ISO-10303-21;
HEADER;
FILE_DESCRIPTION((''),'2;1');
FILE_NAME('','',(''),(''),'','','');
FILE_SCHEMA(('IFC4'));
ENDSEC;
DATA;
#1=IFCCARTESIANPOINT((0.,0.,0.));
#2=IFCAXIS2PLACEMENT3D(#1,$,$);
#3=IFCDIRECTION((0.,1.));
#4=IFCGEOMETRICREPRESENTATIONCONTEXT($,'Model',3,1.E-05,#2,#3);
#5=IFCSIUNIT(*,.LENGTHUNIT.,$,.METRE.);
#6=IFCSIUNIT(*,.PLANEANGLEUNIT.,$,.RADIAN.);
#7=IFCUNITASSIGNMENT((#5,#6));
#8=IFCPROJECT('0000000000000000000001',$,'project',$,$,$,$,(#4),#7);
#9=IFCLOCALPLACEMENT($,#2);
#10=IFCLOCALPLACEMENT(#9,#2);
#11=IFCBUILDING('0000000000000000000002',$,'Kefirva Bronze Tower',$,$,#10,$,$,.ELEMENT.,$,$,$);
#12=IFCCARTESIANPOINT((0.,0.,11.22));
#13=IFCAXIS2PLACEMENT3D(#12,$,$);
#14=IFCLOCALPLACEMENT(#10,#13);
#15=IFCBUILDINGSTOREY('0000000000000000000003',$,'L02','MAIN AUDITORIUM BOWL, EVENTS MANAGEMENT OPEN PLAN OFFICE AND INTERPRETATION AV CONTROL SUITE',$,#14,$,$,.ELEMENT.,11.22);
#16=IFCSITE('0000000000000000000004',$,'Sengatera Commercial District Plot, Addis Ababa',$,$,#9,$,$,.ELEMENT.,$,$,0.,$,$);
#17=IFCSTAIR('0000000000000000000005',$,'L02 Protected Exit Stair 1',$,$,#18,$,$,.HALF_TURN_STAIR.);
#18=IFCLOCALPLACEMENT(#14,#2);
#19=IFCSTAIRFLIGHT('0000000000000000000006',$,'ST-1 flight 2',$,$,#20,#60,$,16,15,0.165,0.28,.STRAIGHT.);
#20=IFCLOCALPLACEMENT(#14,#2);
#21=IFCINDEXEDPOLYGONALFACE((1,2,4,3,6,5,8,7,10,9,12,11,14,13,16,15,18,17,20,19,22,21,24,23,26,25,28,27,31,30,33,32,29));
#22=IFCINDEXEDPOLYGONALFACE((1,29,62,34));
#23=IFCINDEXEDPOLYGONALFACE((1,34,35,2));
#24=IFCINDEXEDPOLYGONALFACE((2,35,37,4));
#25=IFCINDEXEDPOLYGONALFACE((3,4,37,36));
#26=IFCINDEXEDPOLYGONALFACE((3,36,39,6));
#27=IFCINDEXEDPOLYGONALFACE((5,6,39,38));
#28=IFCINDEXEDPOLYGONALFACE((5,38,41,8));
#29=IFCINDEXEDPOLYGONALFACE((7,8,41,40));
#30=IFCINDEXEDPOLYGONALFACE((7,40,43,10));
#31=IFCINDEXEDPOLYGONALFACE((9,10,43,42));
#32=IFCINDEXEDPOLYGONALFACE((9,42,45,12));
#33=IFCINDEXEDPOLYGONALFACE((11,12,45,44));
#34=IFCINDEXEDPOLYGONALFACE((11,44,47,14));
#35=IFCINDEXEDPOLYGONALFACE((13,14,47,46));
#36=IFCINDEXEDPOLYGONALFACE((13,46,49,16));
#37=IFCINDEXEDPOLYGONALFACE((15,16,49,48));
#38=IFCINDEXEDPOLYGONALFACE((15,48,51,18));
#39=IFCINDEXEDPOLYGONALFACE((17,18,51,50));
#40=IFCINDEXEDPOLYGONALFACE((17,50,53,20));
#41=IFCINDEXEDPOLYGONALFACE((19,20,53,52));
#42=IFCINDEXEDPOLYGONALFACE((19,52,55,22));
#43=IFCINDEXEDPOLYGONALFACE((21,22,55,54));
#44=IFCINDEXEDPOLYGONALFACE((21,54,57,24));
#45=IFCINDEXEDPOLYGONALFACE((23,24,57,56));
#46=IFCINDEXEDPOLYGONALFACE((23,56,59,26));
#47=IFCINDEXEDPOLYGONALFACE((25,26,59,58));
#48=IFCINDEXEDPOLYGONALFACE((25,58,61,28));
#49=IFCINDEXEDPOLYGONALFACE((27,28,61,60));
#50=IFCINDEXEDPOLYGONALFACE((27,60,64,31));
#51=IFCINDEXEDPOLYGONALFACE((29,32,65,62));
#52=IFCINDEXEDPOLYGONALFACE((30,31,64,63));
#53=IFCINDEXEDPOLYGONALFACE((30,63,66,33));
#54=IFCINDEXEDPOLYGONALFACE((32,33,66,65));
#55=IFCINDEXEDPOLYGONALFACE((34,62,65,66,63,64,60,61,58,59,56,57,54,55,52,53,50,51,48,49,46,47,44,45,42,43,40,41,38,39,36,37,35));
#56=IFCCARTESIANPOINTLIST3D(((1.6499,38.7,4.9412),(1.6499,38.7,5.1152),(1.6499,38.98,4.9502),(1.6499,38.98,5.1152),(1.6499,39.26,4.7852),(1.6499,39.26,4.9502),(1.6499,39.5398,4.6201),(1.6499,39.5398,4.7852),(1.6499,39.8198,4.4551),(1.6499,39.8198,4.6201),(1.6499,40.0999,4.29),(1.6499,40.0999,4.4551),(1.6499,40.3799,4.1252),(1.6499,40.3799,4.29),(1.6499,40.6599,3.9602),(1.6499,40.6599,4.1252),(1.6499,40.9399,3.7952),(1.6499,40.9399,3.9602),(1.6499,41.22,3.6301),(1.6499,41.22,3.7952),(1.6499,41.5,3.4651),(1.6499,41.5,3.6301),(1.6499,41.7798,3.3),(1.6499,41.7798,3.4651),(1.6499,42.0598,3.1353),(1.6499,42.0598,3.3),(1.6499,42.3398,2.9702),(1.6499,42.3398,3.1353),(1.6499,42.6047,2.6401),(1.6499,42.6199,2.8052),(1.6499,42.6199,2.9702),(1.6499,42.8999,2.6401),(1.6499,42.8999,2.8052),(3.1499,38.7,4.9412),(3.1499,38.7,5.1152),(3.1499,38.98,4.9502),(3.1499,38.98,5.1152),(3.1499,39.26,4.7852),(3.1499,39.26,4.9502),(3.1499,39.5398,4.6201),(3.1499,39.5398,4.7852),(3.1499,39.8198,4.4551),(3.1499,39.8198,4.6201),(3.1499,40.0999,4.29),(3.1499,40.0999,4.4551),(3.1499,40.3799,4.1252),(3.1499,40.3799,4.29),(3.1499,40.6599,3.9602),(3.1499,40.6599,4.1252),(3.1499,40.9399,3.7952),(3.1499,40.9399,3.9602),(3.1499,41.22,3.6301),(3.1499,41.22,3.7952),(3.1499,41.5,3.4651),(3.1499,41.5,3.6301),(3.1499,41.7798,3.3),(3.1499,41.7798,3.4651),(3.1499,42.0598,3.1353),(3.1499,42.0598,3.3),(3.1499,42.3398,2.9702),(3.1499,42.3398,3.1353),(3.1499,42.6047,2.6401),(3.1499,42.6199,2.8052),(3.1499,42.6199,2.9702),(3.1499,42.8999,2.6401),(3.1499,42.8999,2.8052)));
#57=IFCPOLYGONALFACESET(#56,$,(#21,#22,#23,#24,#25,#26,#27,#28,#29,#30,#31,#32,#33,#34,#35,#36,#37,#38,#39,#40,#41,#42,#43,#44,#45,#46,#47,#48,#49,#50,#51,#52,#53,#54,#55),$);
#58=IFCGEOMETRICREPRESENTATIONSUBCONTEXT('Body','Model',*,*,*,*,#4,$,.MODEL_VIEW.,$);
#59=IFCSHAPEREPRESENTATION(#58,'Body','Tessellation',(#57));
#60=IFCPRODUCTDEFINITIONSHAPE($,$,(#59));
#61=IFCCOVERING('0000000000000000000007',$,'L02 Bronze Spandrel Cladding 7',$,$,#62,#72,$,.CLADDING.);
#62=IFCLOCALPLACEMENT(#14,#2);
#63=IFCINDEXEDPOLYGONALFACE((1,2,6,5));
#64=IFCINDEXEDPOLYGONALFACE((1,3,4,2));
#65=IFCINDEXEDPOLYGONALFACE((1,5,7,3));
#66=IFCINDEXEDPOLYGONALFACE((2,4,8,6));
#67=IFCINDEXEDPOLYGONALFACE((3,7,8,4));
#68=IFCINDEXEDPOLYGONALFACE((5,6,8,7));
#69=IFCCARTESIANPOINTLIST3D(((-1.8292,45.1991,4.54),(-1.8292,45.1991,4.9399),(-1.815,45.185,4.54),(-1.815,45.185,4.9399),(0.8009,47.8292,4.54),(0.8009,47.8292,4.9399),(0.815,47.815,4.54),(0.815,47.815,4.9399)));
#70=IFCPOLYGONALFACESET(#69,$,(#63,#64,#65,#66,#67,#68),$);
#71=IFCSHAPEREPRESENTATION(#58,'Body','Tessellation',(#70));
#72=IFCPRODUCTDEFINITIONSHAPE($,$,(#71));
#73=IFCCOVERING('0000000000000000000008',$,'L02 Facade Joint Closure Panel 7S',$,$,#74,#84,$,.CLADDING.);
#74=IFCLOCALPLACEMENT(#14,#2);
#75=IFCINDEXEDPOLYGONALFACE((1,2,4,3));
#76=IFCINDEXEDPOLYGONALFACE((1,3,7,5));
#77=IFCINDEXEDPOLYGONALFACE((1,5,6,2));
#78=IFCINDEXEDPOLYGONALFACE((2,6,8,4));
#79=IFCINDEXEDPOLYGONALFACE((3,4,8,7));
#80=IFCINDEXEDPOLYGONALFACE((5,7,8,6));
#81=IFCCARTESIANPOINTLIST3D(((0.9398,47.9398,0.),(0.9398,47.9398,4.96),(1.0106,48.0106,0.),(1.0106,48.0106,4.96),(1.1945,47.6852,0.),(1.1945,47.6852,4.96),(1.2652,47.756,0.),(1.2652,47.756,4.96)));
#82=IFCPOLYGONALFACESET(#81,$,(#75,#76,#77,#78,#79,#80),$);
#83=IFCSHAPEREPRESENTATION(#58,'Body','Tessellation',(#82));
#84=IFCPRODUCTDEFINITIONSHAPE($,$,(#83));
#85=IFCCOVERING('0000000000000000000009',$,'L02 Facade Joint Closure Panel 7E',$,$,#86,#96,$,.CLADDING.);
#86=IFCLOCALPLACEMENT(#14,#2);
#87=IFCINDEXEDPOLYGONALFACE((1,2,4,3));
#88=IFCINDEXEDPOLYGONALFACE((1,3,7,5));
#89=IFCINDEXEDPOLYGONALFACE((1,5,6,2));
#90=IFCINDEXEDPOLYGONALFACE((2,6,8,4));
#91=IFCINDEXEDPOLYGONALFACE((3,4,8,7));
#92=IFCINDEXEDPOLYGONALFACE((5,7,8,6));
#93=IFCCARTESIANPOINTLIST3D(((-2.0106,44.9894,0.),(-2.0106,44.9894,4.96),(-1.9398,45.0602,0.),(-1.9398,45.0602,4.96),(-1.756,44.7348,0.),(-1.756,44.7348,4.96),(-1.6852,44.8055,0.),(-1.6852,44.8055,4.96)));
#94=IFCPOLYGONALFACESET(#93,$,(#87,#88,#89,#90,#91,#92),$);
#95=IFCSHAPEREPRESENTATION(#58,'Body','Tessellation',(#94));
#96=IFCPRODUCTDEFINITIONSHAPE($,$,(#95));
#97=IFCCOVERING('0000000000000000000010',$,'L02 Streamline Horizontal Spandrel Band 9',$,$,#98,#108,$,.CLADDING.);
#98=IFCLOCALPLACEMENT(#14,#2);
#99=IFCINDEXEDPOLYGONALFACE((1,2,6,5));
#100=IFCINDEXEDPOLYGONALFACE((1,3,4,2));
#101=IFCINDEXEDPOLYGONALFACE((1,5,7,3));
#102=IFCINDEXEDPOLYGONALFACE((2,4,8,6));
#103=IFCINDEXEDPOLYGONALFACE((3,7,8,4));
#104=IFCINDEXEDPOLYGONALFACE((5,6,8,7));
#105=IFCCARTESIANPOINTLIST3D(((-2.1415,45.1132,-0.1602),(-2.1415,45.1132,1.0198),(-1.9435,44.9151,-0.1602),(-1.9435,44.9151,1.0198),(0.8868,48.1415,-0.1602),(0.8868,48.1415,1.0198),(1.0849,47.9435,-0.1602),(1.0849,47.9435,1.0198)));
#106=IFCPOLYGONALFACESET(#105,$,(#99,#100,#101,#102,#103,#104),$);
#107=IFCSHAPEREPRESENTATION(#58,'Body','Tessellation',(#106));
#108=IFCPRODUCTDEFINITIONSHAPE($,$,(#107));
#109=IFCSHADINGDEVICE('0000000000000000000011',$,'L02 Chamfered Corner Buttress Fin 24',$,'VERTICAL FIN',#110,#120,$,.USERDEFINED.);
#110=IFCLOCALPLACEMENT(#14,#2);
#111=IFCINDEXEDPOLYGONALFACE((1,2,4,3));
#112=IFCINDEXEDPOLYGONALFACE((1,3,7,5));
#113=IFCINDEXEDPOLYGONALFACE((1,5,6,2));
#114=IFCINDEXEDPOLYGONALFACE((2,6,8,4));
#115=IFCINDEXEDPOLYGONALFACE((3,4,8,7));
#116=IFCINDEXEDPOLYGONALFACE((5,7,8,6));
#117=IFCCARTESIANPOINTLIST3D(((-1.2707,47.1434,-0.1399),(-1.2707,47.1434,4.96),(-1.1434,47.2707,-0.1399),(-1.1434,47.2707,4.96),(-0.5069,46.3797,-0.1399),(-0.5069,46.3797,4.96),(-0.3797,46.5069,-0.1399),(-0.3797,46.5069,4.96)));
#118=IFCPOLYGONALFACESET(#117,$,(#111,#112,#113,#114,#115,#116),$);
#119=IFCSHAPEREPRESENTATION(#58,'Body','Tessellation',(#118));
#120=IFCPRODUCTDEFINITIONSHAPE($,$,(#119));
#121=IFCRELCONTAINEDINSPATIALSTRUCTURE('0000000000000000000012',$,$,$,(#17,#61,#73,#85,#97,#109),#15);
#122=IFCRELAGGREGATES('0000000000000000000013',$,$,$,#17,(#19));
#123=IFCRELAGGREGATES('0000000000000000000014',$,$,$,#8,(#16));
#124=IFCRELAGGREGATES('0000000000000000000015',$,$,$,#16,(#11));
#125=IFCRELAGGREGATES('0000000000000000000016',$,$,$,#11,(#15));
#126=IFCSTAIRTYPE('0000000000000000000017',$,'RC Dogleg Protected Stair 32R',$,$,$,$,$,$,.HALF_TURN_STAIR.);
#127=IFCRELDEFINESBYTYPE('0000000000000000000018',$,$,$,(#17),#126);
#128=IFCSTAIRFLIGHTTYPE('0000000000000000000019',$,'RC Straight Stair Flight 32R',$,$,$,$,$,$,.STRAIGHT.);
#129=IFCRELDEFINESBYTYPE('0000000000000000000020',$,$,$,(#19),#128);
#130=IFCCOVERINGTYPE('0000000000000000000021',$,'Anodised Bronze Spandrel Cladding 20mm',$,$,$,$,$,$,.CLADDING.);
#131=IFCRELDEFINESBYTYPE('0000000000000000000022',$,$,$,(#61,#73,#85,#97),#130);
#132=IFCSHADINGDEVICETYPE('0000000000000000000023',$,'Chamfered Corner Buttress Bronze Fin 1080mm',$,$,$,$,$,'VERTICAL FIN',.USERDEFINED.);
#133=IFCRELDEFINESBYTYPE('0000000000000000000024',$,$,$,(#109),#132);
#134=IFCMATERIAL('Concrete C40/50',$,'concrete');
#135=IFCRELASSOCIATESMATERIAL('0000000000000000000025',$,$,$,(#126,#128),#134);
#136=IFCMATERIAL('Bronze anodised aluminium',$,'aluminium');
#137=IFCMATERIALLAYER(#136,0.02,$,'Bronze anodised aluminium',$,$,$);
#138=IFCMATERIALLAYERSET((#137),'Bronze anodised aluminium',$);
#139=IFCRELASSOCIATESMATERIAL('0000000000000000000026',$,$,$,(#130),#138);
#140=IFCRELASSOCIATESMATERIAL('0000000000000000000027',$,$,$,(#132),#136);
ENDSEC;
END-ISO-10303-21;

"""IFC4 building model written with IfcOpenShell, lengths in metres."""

from ifc_helpers import new_model, si_unit, direction, frame, origin, origin_2d, place, context, subcontext, project, spatial, polyline, rectangle, outline, extrude, material, layer, layer_set, material_profile, profile_set, type_object, element, aggregate, save


model = new_model("IFC4")

# Units and contexts
model_context = context("Model", 3, precision=1e-05, world=origin(), true_north=direction((0.0, 1.0)))
body_context = subcontext(model_context, "Body", "Model", "MODEL_VIEW")
ifc_project = project(units=[si_unit("LENGTHUNIT", "METRE"), si_unit("PLANEANGLEUNIT", "RADIAN")], contexts=[model_context])

# Site, building, storey
site_placement = place(None, origin())
site = spatial("IfcSite", under=ifc_project, at=site_placement, Name="Sengatera Commercial District Plot, Addis Ababa", CompositionType="ELEMENT", RefElevation=0.0)
building_placement = place(site_placement, origin())
building = spatial("IfcBuilding", under=site, at=building_placement, Name="Kefirva Bronze Tower", CompositionType="ELEMENT")
storey_placement = place(building_placement, frame((0.0, 0.0, 11.22)))
storey = spatial("IfcBuildingStorey", under=building, at=storey_placement, Name="L02", Description="MAIN AUDITORIUM BOWL, EVENTS MANAGEMENT OPEN PLAN OFFICE AND INTERPRETATION AV CONTROL SUITE", CompositionType="ELEMENT", Elevation=11.22)

# Shared definitions
ifc_material_1 = material(Name="Bronze anodised aluminium", Category="aluminium")

# Stair, stair flight
ifc_material_2 = material(Name="Concrete C40/50", Category="concrete")
stair_type = type_object("IfcStairType", Name="RC Dogleg Protected Stair 32R", PredefinedType="HALF_TURN_STAIR", material=ifc_material_2)
stair_placement = place(storey_placement, origin())
stair = element("IfcStair", 1, at=stair_placement, inside=storey, type_object=stair_type, Name="L02 Protected Exit Stair 1", PredefinedType="HALF_TURN_STAIR")
stair_flight_type = type_object("IfcStairFlightType", Name="RC Straight Stair Flight 32R", PredefinedType="STRAIGHT", material=ifc_material_2)
stair_flight_1_placement = place(storey_placement, frame((2.3999, 42.8999, 2.6401), z_axis=(0.0, 0.0, 1.0), x_axis=(0.0, -1.0, 0.0)))
stair_flight_1 = element("IfcStairFlight", 2, at=stair_flight_1_placement, type_object=stair_flight_type, Name="ST-1 flight 2", NumberOfRisers=16, NumberOfTreads=15, PredefinedType="STRAIGHT", RiserHeight=0.165, TreadLength=0.28, context=body_context, shape_type="SweptSolid", body=[
    extrude(outline(polyline([(0.0, 0.0), (0.0, 0.165), (0.28, 0.165), (0.28, 0.3301), (0.5601, 0.3301), (0.5601, 0.4951), (0.8401, 0.4951), (0.8401, 0.6599), (1.1201, 0.6599), (1.1201, 0.825), (1.3999, 0.825), (1.3999, 0.99), (1.6799, 0.99), (1.6799, 1.155), (1.96, 1.155), (1.96, 1.3201), (2.24, 1.3201), (2.24, 1.4851), (2.52, 1.4851), (2.52, 1.6499), (2.8, 1.6499), (2.8, 1.8149), (3.0801, 1.8149), (3.0801, 1.98), (3.3601, 1.98), (3.3601, 2.145), (3.6399, 2.145), (3.6399, 2.3101), (3.9199, 2.3101), (3.9199, 2.4751), (4.2, 2.4751), (4.2, 2.6399), (4.2, 2.301), (0.2952, 0.0), (0.0, 0.0)])), frame((0.0, 0.75, 0.0), z_axis=(0.0, -1.0, 0.0), x_axis=(1.0, 0.0, 0.0)), (0.0, 0.0, 1.0), 1.5),
])
aggregate(stair, [stair_flight_1])

# Coverings
ifc_layer_1 = layer(ifc_material_1, 0.02, Name="Bronze anodised aluminium")
ifc_layer_set_1 = layer_set([ifc_layer_1], Name="Bronze anodised aluminium")
covering_type_1 = type_object("IfcCoveringType", Name="Anodised Bronze Spandrel Cladding 20mm", PredefinedType="CLADDING", material=ifc_layer_set_1)
covering_1_placement = place(storey_placement, frame((-0.5071, 46.5071, 4.54), z_axis=(0.0, 0.0, 1.0), x_axis=(-0.707107, -0.707107, 0.0)))
element("IfcCovering", 3, at=covering_1_placement, inside=storey, type_object=covering_type_1, Name="L02 Bronze Spandrel Cladding 7", PredefinedType="CLADDING", context=body_context, shape_type="SweptSolid", body=[
    extrude(rectangle(XDim=3.7195, YDim=0.02, at=origin_2d()), origin(), (0.0, 0.0, 1.0), 0.3999),
])
for number, where, z_axis, x_axis, name in (
    (4, (1.1025, 47.8479, 0.0), (0.0, 0.0, 1.0), (-0.707107, -0.707107, 0.0), "L02 Facade Joint Closure Panel 7S"),
    (5, (-1.8479, 44.8975, 0.0), (0.0, 0.0, 1.0), (-0.707107, -0.707107, 0.0), "L02 Facade Joint Closure Panel 7E"),
):
    element("IfcCovering", number, at=place(storey_placement, frame(where, z_axis=z_axis, x_axis=x_axis)), inside=storey, type_object=covering_type_1, Name=name, PredefinedType="CLADDING", context=body_context, shape_type="SweptSolid", body=[
        extrude(rectangle(XDim=0.1001, YDim=0.3601, at=origin_2d()), origin(), (0.0, 0.0, 1.0), 4.96),
    ])
covering_2_placement = place(storey_placement, frame((-0.5283, 46.5283, -0.1602), z_axis=(0.0, 0.0, 1.0), x_axis=(-0.707107, -0.707107, 0.0)))
element("IfcCovering", 6, at=covering_2_placement, inside=storey, type_object=covering_type_1, Name="L02 Streamline Horizontal Spandrel Band 9", PredefinedType="CLADDING", context=body_context, shape_type="SweptSolid", body=[
    extrude(rectangle(XDim=4.2827, YDim=0.28, at=origin_2d()), origin(), (0.0, 0.0, 1.0), 1.1799),
])

# Shading device
ifc_material_profile_1 = material_profile(ifc_material_1, rectangle(XDim=0.1799, YDim=1.0801, at=origin_2d()), Name="BRONZE BUTTRESS FIN 180x1080")
ifc_profile_set_1 = profile_set([ifc_material_profile_1], Name="Bronze anodised aluminium")
shading_device_type = type_object("IfcShadingDeviceType", Name="Chamfered Corner Buttress Bronze Fin 1080mm", ElementType="VERTICAL FIN", PredefinedType="USERDEFINED", material=ifc_profile_set_1)
shading_device_placement = place(storey_placement, frame((-0.8252, 46.8252, -0.1399), z_axis=(0.0, 0.0, 1.0), x_axis=(-0.707107, -0.707107, 0.0)))
element("IfcShadingDevice", 7, at=shading_device_placement, inside=storey, type_object=shading_device_type, Name="L02 Chamfered Corner Buttress Fin 24", ObjectType="VERTICAL FIN", PredefinedType="USERDEFINED", context=body_context, shape_type="SweptSolid", body=[
    extrude(rectangle(XDim=0.1799, YDim=1.0801, at=origin_2d()), origin(), (0.0, 0.0, 1.0), 5.0999),
])

save(model, "model.ifc")
